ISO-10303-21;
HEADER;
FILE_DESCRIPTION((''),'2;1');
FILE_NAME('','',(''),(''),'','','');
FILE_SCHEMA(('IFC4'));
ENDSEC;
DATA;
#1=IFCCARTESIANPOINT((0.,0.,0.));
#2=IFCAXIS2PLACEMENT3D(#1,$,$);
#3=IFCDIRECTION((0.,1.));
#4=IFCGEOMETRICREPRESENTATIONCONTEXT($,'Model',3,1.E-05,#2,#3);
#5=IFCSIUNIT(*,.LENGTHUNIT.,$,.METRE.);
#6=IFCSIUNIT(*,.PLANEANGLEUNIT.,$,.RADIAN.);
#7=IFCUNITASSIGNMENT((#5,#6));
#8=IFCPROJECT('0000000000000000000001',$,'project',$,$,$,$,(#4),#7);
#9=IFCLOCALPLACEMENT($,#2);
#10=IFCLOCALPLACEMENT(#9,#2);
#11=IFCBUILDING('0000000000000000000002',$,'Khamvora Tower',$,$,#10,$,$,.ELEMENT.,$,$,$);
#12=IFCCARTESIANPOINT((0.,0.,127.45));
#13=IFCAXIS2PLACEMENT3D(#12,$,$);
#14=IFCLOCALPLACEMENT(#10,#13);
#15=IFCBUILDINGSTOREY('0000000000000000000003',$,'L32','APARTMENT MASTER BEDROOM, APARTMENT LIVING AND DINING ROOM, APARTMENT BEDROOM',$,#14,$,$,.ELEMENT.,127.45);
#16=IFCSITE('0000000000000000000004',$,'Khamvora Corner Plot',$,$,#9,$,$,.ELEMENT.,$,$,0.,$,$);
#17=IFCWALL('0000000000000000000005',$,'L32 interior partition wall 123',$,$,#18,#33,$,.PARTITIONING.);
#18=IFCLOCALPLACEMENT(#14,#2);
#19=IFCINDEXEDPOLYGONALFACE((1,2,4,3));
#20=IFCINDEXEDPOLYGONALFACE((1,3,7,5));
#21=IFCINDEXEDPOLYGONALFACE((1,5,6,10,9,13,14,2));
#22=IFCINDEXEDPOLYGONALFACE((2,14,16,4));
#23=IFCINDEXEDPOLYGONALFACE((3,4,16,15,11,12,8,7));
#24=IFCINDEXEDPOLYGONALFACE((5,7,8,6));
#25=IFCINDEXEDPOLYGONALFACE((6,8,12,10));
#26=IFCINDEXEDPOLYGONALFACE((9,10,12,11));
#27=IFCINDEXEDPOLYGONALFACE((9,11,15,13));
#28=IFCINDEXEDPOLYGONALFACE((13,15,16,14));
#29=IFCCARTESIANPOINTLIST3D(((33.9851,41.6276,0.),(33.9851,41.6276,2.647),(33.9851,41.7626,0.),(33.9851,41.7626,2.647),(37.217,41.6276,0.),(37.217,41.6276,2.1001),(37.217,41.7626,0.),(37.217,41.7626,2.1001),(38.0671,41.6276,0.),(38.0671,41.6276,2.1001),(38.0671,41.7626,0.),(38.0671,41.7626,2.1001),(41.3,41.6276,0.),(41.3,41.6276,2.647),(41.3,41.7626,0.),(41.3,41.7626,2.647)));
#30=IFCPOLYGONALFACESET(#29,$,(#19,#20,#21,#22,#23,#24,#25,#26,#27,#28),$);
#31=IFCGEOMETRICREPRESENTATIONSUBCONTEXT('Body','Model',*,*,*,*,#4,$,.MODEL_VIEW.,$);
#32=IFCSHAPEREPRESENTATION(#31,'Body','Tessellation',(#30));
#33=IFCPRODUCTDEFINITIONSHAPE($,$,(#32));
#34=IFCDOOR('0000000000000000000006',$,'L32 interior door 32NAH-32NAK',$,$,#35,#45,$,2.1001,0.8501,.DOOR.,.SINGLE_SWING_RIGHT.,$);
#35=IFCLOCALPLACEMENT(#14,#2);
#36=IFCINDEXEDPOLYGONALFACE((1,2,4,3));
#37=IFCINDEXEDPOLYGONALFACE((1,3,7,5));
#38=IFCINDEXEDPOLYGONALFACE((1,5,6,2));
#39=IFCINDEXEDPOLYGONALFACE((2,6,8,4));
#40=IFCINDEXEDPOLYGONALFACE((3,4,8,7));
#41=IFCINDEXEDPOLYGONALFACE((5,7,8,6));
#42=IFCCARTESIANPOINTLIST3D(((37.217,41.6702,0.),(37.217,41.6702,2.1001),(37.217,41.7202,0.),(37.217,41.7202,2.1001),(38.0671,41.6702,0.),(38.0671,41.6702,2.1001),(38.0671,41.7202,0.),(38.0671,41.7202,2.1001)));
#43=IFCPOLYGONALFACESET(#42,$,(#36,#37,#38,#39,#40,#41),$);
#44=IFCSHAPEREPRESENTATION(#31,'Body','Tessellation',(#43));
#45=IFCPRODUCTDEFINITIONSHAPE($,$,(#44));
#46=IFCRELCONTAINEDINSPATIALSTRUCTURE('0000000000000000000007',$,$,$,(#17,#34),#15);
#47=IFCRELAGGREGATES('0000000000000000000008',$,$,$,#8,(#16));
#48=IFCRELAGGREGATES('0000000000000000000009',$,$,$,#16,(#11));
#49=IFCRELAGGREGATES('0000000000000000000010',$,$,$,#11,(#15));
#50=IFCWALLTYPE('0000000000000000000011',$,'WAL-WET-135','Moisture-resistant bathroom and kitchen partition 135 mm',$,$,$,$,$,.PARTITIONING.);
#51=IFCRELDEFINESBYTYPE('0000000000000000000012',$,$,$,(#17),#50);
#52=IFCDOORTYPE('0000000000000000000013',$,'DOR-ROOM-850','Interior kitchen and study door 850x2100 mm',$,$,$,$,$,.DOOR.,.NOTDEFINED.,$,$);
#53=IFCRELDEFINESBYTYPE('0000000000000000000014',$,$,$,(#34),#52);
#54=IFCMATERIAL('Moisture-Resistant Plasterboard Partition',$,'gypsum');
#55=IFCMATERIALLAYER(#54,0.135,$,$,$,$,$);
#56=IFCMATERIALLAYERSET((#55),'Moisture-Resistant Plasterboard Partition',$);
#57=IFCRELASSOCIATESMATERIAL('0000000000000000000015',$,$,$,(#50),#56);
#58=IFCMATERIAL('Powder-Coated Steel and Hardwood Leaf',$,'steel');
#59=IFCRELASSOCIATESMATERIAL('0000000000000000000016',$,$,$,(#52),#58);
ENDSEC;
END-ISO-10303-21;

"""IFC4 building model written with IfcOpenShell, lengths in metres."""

from ifc_helpers import new_model, si_unit, direction, frame, frame_2d, origin, place, context, subcontext, project, spatial, rectangle, extrude, material, layer, layer_set, type_object, element, fill, save


model = new_model("IFC4")

# Units and contexts
model_context = context("Model", 3, precision=1e-05, world=origin(), true_north=direction((0.0, 1.0)))
body_context = subcontext(model_context, "Body", "Model", "MODEL_VIEW")
ifc_project = project(units=[si_unit("LENGTHUNIT", "METRE"), si_unit("PLANEANGLEUNIT", "RADIAN")], contexts=[model_context])

# Site, building, storey
site_placement = place(None, origin())
site = spatial("IfcSite", under=ifc_project, at=site_placement, Name="Khamvora Corner Plot", CompositionType="ELEMENT", RefElevation=0.0)
building_placement = place(site_placement, origin())
building = spatial("IfcBuilding", under=site, at=building_placement, Name="Khamvora Tower", CompositionType="ELEMENT")
storey_placement = place(building_placement, frame((0.0, 0.0, 127.45)))
storey = spatial("IfcBuildingStorey", under=building, at=storey_placement, Name="L32", Description="APARTMENT MASTER BEDROOM, APARTMENT LIVING AND DINING ROOM, APARTMENT BEDROOM", CompositionType="ELEMENT", Elevation=127.45)

# Shared definitions
ifc_material_1 = material(Name="Powder-Coated Steel and Hardwood Leaf", Category="steel")

# Wall, opening, door
ifc_material_2 = material(Name="Moisture-Resistant Plasterboard Partition", Category="gypsum")
ifc_layer_1 = layer(ifc_material_2, 0.135)
ifc_layer_set_1 = layer_set([ifc_layer_1], Name="Moisture-Resistant Plasterboard Partition")
wall_type_1 = type_object("IfcWallType", Name="WAL-WET-135", Description="Moisture-resistant bathroom and kitchen partition 135 mm", PredefinedType="PARTITIONING", material=ifc_layer_set_1)
wall_1_placement = place(storey_placement, frame((41.3, 41.6951, 0.0), z_axis=(0.0, 0.0, 1.0), x_axis=(-1.0, 0.0, 0.0)))
wall_1 = element("IfcWall", 1, at=wall_1_placement, inside=storey, type_object=wall_type_1, Name="L32 interior partition wall 123", PredefinedType="PARTITIONING", context=body_context, shape_type="SweptSolid", body=[
    extrude(rectangle(XDim=7.3149, YDim=0.135, at=frame_2d((3.6575, 0.0))), origin(), (0.0, 0.0, 1.0), 2.647),
])
opening_1_placement = place(wall_1_placement, frame((3.2329, 0.0, 0.0)))
opening_1 = element("IfcOpeningElement", 2, at=opening_1_placement, cuts=wall_1, PredefinedType="OPENING", context=body_context, shape_type="SweptSolid", body=[
    extrude(rectangle(XDim=0.8501, YDim=2.1001, at=frame_2d((0.425, 1.05))), frame((0.0, 0.0774, 0.0), z_axis=(0.0, -1.0, 0.0), x_axis=(1.0, 0.0, 0.0)), (0.0, 0.0, 1.0), 0.155),
])
door_type_1 = type_object("IfcDoorType", Name="DOR-ROOM-850", Description="Interior kitchen and study door 850x2100 mm", OperationType="NOTDEFINED", PredefinedType="DOOR", material=ifc_material_1)
door_1_placement = place(opening_1_placement, origin())
door_1 = element("IfcDoor", 3, at=door_1_placement, inside=storey, type_object=door_type_1, Name="L32 interior door 32NAH-32NAK", OperationType="SINGLE_SWING_RIGHT", OverallHeight=2.1001, OverallWidth=0.8501, PredefinedType="DOOR", context=body_context, shape_type="SweptSolid", body=[
    extrude(rectangle(XDim=0.8501, YDim=2.1001, at=frame_2d((0.425, 1.05))), frame((0.0, 0.0249, 0.0), z_axis=(0.0, -1.0, 0.0), x_axis=(1.0, 0.0, 0.0)), (0.0, 0.0, 1.0), 0.05),
])
fill(opening_1, door_1)

save(model, "model.ifc")
